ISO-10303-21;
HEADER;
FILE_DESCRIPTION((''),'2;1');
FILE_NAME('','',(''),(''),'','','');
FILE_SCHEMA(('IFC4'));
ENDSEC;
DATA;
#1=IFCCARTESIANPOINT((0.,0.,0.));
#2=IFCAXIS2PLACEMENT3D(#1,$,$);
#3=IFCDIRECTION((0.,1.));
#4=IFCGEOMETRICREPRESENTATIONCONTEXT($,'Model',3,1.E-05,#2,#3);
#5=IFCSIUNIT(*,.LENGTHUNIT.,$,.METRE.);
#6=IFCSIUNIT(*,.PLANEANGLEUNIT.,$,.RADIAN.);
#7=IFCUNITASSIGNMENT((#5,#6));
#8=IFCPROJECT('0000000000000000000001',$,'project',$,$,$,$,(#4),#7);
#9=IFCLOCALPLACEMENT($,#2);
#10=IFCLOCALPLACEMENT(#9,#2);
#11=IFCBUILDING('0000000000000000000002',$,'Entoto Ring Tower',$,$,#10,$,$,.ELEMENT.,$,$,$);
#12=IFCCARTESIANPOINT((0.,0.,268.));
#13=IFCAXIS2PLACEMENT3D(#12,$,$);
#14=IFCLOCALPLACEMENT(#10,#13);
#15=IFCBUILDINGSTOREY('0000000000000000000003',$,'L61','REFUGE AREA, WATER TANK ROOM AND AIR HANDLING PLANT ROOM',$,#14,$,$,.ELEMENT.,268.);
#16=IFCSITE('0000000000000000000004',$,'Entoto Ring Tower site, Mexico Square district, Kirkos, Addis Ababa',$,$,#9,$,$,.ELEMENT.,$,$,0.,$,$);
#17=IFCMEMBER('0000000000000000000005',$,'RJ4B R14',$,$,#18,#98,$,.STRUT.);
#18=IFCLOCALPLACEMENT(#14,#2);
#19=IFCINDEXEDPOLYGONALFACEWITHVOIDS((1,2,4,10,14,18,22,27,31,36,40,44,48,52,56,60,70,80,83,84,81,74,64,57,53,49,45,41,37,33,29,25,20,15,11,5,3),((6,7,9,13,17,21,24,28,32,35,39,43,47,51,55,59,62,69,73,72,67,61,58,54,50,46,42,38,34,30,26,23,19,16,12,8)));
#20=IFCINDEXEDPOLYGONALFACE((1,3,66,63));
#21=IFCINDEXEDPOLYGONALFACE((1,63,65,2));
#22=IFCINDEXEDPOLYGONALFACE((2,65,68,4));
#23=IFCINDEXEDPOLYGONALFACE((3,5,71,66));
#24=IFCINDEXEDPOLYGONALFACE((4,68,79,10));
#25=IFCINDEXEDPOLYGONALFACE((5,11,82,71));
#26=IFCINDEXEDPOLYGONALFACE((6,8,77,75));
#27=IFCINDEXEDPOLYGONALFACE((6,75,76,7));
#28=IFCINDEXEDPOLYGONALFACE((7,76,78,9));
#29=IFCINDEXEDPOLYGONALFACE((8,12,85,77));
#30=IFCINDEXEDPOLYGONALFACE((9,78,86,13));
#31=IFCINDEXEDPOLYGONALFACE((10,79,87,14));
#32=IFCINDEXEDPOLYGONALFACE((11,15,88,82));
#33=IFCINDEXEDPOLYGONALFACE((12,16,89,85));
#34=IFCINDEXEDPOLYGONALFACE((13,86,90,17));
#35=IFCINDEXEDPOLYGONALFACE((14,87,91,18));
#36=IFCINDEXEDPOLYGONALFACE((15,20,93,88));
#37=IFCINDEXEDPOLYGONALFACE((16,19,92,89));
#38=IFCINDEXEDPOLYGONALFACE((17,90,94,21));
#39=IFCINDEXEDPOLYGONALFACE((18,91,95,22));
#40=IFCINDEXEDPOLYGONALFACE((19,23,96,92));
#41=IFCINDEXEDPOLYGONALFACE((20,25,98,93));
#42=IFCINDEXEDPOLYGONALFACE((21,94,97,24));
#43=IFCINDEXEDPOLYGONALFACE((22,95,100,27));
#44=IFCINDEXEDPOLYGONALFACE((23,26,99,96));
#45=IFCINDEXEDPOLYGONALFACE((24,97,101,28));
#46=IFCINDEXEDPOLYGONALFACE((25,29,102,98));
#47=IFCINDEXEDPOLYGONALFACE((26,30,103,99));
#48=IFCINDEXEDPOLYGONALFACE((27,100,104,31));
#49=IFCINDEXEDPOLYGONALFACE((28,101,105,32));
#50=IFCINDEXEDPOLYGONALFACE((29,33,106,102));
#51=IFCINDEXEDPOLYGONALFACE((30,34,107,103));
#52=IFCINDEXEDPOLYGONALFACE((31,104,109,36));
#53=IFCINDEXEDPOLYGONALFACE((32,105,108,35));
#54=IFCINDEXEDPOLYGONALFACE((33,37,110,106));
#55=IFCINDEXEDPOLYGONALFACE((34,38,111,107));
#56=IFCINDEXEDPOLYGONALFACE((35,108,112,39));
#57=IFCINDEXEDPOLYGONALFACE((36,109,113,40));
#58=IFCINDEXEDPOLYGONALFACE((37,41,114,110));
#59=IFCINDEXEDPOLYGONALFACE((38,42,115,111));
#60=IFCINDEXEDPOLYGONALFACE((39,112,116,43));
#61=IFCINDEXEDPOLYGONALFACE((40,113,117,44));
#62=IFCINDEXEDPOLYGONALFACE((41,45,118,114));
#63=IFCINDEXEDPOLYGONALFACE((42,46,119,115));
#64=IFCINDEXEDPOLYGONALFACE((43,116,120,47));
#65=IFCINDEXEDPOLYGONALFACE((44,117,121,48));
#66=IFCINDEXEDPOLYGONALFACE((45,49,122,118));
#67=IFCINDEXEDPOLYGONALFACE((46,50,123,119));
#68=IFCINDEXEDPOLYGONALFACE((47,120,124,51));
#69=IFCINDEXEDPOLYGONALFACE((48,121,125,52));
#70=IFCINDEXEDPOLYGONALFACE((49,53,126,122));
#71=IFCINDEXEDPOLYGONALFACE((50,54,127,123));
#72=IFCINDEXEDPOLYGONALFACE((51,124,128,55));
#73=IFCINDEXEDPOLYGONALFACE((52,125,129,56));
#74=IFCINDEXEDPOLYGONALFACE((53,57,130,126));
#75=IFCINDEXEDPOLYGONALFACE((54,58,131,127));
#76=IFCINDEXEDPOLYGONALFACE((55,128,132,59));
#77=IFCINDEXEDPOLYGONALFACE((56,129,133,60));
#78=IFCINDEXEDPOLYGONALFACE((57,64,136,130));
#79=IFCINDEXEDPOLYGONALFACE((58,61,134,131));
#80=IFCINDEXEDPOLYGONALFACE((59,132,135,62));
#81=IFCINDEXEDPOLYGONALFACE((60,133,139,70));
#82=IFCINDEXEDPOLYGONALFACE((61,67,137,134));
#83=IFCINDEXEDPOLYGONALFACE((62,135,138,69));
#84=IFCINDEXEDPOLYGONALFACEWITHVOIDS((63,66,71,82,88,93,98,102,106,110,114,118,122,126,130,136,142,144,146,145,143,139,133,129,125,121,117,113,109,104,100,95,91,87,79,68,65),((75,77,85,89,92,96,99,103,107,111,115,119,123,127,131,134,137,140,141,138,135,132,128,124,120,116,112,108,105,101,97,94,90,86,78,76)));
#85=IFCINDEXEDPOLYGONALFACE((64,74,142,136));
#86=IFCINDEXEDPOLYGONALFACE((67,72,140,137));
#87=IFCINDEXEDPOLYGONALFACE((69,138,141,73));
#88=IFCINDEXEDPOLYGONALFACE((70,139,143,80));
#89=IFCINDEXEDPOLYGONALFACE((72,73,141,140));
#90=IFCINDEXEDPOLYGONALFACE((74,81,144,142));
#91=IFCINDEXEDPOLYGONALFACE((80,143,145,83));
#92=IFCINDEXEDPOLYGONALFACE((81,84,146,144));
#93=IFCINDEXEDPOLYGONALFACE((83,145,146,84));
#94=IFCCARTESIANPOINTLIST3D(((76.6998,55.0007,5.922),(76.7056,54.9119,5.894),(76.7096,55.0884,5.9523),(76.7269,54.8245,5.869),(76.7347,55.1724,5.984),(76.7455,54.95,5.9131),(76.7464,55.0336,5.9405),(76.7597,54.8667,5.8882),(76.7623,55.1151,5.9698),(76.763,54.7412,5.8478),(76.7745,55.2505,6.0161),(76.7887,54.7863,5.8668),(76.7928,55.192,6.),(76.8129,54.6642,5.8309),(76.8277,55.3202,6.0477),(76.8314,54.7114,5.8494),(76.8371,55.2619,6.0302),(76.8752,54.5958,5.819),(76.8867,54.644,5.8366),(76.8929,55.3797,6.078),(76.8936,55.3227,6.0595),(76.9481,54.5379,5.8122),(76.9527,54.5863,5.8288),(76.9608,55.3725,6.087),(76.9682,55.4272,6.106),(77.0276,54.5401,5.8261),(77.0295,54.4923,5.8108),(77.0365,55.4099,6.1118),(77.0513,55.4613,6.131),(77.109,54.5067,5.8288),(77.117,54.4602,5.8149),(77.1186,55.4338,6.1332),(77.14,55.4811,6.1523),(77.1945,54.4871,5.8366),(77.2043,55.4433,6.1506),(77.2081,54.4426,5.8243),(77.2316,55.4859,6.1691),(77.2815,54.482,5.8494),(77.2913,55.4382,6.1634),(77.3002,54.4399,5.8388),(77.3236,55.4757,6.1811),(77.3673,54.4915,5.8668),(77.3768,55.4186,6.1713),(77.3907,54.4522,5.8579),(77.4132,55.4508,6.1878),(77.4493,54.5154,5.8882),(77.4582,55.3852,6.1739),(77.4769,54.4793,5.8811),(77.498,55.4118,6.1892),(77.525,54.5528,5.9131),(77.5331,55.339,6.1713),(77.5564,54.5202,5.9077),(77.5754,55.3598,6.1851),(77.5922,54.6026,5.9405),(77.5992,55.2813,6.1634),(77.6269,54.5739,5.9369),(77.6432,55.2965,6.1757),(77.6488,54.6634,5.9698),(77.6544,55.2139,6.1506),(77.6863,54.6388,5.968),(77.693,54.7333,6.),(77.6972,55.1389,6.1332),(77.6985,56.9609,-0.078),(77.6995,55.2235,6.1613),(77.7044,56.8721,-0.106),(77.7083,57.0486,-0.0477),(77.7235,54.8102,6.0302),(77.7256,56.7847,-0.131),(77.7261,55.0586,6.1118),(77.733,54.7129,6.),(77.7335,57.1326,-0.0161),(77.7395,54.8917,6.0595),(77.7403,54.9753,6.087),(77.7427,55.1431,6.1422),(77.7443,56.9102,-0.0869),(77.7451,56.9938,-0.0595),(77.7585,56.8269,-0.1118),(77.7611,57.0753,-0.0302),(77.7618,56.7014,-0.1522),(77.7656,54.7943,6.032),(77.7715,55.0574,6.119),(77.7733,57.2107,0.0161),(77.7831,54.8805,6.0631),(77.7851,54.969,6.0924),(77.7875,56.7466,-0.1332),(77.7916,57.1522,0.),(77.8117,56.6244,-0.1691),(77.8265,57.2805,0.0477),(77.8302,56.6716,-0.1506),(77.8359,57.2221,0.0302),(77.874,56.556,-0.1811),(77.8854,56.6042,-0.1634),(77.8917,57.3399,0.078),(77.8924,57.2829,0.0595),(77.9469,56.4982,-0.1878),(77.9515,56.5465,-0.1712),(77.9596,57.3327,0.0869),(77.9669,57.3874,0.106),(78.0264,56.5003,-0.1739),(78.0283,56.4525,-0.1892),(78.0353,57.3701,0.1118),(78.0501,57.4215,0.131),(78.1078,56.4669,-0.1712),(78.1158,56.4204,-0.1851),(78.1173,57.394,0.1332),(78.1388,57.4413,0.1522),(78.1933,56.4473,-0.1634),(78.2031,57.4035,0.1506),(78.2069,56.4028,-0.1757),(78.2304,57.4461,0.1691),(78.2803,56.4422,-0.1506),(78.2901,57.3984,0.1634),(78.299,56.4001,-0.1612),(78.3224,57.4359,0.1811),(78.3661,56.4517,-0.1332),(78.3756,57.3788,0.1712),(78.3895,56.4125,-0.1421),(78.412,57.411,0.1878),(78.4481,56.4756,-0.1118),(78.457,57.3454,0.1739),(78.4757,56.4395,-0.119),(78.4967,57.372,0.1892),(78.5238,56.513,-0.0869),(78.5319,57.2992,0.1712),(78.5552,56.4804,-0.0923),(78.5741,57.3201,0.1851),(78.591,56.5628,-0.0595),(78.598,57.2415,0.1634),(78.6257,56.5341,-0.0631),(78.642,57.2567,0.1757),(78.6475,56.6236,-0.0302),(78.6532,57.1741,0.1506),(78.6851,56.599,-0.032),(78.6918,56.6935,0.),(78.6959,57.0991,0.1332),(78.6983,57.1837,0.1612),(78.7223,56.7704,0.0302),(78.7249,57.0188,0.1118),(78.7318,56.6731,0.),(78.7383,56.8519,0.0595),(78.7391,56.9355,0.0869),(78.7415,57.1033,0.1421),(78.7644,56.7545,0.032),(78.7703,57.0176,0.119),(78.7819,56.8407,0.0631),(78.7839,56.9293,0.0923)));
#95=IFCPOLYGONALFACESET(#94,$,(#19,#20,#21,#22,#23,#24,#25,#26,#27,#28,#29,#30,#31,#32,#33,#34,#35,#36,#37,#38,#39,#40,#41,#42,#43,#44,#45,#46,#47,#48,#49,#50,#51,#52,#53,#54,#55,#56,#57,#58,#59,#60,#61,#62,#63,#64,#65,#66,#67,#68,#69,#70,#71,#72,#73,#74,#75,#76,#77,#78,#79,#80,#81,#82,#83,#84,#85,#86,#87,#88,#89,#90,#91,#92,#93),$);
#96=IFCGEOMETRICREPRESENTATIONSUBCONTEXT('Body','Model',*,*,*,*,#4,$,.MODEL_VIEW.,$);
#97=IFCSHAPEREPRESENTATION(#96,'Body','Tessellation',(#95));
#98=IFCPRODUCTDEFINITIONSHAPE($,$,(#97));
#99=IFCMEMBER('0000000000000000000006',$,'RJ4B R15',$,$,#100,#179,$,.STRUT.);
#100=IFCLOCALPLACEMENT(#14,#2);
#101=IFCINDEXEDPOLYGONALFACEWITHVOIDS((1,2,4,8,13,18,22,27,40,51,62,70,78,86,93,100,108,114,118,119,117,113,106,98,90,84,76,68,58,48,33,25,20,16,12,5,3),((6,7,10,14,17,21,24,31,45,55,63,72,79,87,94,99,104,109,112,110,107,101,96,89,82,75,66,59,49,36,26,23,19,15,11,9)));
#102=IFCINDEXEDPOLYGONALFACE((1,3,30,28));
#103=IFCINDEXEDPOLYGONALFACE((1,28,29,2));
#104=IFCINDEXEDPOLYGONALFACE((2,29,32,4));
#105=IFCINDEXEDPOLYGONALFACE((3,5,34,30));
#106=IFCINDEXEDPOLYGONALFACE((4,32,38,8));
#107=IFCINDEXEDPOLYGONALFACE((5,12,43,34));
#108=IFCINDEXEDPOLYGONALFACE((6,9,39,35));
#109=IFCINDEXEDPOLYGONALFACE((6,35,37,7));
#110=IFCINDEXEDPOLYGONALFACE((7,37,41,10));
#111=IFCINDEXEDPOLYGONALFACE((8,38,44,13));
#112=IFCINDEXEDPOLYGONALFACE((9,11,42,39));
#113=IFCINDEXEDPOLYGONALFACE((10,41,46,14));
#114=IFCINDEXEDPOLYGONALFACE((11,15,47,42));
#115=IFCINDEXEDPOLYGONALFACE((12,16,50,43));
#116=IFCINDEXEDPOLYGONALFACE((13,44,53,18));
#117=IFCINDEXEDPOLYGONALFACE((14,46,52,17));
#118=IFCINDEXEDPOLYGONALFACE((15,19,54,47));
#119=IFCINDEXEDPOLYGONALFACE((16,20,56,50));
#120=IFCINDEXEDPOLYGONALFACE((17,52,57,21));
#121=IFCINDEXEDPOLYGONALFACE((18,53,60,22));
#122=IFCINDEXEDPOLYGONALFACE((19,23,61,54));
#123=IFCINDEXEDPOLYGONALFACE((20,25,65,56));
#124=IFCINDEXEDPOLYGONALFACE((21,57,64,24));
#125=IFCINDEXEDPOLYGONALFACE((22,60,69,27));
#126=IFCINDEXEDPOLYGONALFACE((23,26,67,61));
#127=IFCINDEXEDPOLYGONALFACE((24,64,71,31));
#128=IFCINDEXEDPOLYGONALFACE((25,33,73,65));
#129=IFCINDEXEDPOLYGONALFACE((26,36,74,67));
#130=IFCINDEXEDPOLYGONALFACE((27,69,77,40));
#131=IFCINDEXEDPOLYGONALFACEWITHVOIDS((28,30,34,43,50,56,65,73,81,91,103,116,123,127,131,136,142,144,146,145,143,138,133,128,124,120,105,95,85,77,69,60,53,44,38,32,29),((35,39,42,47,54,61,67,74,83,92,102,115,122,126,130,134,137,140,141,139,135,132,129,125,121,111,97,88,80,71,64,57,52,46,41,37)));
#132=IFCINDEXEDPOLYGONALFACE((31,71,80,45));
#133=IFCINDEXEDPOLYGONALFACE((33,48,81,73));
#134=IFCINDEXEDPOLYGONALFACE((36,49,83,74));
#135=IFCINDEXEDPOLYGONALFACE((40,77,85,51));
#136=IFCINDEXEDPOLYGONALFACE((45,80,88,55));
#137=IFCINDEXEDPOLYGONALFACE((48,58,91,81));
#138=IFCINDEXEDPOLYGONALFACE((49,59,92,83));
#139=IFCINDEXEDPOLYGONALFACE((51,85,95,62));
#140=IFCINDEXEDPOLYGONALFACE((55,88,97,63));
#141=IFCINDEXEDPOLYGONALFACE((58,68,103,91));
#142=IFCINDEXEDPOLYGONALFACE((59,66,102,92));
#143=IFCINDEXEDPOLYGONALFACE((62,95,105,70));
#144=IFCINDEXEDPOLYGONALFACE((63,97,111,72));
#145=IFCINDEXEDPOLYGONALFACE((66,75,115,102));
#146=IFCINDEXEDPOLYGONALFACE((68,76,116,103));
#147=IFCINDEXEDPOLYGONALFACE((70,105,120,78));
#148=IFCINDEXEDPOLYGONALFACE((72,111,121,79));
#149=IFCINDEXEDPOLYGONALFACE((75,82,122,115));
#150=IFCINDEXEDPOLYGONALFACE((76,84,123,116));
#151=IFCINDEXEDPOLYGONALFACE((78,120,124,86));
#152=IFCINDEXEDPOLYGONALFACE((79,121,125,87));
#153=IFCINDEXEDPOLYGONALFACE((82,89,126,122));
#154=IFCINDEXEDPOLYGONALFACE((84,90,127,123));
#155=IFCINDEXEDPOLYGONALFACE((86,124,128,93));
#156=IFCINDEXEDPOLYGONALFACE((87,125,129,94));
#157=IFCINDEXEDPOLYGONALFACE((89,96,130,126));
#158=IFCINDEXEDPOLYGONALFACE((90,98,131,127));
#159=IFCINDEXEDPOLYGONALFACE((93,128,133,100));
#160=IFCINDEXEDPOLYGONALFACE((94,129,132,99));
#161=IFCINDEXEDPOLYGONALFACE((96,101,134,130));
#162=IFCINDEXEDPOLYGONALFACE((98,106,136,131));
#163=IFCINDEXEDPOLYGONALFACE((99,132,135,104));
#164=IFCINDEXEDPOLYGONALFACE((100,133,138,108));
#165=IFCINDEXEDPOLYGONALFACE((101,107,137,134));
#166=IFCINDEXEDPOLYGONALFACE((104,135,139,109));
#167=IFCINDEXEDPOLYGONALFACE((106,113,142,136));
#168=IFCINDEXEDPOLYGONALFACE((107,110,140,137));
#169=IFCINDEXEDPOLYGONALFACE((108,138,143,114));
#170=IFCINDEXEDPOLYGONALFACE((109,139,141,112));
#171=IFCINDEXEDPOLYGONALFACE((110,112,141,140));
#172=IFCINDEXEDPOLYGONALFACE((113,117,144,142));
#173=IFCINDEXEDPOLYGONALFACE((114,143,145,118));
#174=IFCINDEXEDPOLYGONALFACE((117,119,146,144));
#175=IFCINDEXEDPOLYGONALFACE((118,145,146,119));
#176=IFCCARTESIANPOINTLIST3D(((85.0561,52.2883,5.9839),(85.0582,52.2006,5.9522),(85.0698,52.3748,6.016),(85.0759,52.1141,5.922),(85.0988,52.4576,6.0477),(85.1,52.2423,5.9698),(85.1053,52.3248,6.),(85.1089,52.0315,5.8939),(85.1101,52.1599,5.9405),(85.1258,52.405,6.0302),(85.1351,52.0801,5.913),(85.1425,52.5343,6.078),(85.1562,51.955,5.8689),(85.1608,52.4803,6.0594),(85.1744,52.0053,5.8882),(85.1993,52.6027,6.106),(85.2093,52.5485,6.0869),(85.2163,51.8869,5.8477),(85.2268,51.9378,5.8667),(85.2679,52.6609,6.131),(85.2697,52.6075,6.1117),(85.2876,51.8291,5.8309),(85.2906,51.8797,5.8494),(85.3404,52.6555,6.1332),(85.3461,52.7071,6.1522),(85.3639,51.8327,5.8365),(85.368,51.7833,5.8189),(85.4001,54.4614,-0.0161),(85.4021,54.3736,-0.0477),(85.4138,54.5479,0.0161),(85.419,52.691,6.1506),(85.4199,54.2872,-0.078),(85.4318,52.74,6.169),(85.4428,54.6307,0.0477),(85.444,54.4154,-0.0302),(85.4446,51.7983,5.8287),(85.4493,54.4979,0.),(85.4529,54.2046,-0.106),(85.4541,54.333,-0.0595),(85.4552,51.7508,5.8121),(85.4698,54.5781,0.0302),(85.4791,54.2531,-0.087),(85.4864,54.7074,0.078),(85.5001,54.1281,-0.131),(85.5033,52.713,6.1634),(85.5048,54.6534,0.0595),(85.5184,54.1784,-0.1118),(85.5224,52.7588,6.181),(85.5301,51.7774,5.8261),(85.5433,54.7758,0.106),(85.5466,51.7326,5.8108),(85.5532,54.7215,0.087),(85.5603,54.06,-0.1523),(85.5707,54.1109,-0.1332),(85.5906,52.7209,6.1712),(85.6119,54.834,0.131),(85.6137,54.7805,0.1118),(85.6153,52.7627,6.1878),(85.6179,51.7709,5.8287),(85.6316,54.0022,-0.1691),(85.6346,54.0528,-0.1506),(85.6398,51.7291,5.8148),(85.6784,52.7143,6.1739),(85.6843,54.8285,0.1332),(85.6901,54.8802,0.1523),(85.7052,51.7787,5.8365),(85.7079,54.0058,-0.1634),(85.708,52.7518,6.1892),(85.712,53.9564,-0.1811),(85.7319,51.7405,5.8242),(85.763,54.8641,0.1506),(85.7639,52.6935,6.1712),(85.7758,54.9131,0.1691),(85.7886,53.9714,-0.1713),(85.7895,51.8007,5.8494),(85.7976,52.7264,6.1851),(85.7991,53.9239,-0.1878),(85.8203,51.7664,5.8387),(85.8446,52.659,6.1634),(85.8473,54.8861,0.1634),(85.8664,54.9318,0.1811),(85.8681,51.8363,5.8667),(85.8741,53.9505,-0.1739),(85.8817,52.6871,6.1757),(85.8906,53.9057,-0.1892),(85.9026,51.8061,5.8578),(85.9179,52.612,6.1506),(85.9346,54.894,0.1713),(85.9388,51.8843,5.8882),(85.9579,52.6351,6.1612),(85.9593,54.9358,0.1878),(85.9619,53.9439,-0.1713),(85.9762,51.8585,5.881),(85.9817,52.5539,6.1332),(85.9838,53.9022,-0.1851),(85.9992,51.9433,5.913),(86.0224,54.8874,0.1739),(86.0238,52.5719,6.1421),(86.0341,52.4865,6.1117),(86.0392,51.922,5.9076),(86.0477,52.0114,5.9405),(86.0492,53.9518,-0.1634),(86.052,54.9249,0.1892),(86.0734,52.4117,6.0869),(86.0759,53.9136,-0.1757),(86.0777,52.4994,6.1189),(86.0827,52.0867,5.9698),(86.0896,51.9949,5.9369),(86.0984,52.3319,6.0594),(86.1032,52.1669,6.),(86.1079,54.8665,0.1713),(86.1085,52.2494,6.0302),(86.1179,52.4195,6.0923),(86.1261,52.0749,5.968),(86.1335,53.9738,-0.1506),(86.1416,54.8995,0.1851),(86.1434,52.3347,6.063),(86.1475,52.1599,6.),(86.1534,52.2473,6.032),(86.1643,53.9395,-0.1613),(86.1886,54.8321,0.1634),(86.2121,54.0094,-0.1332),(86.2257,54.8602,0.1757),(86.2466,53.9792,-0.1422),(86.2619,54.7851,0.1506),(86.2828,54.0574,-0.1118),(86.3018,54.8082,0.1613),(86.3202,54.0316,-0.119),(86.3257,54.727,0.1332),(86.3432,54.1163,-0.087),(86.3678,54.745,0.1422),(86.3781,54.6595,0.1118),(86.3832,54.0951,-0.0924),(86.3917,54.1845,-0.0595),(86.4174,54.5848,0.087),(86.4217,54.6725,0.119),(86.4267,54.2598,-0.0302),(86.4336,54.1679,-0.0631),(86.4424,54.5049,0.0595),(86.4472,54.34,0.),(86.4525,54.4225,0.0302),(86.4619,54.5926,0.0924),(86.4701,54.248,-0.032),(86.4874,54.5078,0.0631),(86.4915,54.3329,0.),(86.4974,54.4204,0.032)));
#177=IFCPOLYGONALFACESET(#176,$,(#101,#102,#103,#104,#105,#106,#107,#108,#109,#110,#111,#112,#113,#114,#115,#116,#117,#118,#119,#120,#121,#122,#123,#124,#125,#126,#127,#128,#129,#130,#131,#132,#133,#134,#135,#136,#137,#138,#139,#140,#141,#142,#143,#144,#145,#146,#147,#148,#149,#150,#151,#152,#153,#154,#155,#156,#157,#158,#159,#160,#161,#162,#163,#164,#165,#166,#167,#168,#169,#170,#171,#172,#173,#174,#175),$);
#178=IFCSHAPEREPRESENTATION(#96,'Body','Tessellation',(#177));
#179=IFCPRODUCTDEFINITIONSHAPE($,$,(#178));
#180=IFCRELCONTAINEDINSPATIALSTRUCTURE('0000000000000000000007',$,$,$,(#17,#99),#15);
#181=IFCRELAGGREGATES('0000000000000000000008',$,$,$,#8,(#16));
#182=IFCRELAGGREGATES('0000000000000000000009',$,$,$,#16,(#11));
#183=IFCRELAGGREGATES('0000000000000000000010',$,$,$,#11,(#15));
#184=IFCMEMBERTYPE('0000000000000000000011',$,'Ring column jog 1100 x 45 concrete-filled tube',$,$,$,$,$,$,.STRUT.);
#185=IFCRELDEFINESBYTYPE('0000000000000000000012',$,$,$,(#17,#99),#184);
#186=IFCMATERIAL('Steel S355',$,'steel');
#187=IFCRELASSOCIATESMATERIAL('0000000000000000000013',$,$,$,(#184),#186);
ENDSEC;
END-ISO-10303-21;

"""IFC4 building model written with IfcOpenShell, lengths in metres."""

from ifc_helpers import new_model, si_unit, direction, frame, origin, origin_2d, place, context, subcontext, project, spatial, circle, hollow_circle, extrude, material, material_profile, profile_set, type_object, element, save


model = new_model("IFC4")

# Units and contexts
model_context = context("Model", 3, precision=1e-05, world=origin(), true_north=direction((0.0, 1.0)))
body_context = subcontext(model_context, "Body", "Model", "MODEL_VIEW")
ifc_project = project(units=[si_unit("LENGTHUNIT", "METRE"), si_unit("PLANEANGLEUNIT", "RADIAN")], contexts=[model_context])

# Site, building, storey
site_placement = place(None, origin())
site = spatial("IfcSite", under=ifc_project, at=site_placement, Name="Entoto Ring Tower site, Mexico Square district, Kirkos, Addis Ababa", CompositionType="ELEMENT", RefElevation=0.0)
building_placement = place(site_placement, origin())
building = spatial("IfcBuilding", under=site, at=building_placement, Name="Entoto Ring Tower", CompositionType="ELEMENT")
storey_placement = place(building_placement, frame((0.0, 0.0, 268.0)))
storey = spatial("IfcBuildingStorey", under=building, at=storey_placement, Name="L61", Description="REFUGE AREA, WATER TANK ROOM AND AIR HANDLING PLANT ROOM", CompositionType="ELEMENT", Elevation=268.0)

# Members
ifc_material_1 = material(Name="Steel S355", Category="steel")
ifc_material_profile_1 = material_profile(ifc_material_1, hollow_circle(Radius=0.55, WallThickness=0.0449, at=origin_2d()), Name="CHS 1100 x 45")
ifc_material_2 = material(Name="Concrete C60/75", Category="concrete")
ifc_material_profile_2 = material_profile(ifc_material_2, circle(Radius=0.5049, at=origin_2d()), Name="Concrete C60/75 infill")
ifc_profile_set_1 = profile_set([ifc_material_profile_1, ifc_material_profile_2], Name="Steel S355")
member_type_1 = type_object("IfcMemberType", Name="Ring column jog 1100 x 45 concrete-filled tube", PredefinedType="STRUT", material=ifc_profile_set_1)
for number, where, z_axis, x_axis, name in (
    (1, (78.2417, 56.9229, 0.0), (-0.156288, -0.306732, 0.938877), (0.891006, -0.453992, 0.0), "RJ4B R14"),
    (2, (85.9482, 54.4189, 0.0), (-0.053828, -0.340042, 0.938869), (0.987702, -0.15635, 0.0), "RJ4B R15"),
):
    element("IfcMember", number, at=place(storey_placement, frame(where, z_axis=z_axis, x_axis=x_axis)), inside=storey, type_object=member_type_1, Name=name, PredefinedType="STRUT", context=body_context, shape_type="SweptSolid", body=[
        extrude(hollow_circle(Radius=0.55, WallThickness=0.0449, at=origin_2d()), origin(), (0.0, 0.0, 1.0), 6.3906),
    ])

save(model, "model.ifc")
